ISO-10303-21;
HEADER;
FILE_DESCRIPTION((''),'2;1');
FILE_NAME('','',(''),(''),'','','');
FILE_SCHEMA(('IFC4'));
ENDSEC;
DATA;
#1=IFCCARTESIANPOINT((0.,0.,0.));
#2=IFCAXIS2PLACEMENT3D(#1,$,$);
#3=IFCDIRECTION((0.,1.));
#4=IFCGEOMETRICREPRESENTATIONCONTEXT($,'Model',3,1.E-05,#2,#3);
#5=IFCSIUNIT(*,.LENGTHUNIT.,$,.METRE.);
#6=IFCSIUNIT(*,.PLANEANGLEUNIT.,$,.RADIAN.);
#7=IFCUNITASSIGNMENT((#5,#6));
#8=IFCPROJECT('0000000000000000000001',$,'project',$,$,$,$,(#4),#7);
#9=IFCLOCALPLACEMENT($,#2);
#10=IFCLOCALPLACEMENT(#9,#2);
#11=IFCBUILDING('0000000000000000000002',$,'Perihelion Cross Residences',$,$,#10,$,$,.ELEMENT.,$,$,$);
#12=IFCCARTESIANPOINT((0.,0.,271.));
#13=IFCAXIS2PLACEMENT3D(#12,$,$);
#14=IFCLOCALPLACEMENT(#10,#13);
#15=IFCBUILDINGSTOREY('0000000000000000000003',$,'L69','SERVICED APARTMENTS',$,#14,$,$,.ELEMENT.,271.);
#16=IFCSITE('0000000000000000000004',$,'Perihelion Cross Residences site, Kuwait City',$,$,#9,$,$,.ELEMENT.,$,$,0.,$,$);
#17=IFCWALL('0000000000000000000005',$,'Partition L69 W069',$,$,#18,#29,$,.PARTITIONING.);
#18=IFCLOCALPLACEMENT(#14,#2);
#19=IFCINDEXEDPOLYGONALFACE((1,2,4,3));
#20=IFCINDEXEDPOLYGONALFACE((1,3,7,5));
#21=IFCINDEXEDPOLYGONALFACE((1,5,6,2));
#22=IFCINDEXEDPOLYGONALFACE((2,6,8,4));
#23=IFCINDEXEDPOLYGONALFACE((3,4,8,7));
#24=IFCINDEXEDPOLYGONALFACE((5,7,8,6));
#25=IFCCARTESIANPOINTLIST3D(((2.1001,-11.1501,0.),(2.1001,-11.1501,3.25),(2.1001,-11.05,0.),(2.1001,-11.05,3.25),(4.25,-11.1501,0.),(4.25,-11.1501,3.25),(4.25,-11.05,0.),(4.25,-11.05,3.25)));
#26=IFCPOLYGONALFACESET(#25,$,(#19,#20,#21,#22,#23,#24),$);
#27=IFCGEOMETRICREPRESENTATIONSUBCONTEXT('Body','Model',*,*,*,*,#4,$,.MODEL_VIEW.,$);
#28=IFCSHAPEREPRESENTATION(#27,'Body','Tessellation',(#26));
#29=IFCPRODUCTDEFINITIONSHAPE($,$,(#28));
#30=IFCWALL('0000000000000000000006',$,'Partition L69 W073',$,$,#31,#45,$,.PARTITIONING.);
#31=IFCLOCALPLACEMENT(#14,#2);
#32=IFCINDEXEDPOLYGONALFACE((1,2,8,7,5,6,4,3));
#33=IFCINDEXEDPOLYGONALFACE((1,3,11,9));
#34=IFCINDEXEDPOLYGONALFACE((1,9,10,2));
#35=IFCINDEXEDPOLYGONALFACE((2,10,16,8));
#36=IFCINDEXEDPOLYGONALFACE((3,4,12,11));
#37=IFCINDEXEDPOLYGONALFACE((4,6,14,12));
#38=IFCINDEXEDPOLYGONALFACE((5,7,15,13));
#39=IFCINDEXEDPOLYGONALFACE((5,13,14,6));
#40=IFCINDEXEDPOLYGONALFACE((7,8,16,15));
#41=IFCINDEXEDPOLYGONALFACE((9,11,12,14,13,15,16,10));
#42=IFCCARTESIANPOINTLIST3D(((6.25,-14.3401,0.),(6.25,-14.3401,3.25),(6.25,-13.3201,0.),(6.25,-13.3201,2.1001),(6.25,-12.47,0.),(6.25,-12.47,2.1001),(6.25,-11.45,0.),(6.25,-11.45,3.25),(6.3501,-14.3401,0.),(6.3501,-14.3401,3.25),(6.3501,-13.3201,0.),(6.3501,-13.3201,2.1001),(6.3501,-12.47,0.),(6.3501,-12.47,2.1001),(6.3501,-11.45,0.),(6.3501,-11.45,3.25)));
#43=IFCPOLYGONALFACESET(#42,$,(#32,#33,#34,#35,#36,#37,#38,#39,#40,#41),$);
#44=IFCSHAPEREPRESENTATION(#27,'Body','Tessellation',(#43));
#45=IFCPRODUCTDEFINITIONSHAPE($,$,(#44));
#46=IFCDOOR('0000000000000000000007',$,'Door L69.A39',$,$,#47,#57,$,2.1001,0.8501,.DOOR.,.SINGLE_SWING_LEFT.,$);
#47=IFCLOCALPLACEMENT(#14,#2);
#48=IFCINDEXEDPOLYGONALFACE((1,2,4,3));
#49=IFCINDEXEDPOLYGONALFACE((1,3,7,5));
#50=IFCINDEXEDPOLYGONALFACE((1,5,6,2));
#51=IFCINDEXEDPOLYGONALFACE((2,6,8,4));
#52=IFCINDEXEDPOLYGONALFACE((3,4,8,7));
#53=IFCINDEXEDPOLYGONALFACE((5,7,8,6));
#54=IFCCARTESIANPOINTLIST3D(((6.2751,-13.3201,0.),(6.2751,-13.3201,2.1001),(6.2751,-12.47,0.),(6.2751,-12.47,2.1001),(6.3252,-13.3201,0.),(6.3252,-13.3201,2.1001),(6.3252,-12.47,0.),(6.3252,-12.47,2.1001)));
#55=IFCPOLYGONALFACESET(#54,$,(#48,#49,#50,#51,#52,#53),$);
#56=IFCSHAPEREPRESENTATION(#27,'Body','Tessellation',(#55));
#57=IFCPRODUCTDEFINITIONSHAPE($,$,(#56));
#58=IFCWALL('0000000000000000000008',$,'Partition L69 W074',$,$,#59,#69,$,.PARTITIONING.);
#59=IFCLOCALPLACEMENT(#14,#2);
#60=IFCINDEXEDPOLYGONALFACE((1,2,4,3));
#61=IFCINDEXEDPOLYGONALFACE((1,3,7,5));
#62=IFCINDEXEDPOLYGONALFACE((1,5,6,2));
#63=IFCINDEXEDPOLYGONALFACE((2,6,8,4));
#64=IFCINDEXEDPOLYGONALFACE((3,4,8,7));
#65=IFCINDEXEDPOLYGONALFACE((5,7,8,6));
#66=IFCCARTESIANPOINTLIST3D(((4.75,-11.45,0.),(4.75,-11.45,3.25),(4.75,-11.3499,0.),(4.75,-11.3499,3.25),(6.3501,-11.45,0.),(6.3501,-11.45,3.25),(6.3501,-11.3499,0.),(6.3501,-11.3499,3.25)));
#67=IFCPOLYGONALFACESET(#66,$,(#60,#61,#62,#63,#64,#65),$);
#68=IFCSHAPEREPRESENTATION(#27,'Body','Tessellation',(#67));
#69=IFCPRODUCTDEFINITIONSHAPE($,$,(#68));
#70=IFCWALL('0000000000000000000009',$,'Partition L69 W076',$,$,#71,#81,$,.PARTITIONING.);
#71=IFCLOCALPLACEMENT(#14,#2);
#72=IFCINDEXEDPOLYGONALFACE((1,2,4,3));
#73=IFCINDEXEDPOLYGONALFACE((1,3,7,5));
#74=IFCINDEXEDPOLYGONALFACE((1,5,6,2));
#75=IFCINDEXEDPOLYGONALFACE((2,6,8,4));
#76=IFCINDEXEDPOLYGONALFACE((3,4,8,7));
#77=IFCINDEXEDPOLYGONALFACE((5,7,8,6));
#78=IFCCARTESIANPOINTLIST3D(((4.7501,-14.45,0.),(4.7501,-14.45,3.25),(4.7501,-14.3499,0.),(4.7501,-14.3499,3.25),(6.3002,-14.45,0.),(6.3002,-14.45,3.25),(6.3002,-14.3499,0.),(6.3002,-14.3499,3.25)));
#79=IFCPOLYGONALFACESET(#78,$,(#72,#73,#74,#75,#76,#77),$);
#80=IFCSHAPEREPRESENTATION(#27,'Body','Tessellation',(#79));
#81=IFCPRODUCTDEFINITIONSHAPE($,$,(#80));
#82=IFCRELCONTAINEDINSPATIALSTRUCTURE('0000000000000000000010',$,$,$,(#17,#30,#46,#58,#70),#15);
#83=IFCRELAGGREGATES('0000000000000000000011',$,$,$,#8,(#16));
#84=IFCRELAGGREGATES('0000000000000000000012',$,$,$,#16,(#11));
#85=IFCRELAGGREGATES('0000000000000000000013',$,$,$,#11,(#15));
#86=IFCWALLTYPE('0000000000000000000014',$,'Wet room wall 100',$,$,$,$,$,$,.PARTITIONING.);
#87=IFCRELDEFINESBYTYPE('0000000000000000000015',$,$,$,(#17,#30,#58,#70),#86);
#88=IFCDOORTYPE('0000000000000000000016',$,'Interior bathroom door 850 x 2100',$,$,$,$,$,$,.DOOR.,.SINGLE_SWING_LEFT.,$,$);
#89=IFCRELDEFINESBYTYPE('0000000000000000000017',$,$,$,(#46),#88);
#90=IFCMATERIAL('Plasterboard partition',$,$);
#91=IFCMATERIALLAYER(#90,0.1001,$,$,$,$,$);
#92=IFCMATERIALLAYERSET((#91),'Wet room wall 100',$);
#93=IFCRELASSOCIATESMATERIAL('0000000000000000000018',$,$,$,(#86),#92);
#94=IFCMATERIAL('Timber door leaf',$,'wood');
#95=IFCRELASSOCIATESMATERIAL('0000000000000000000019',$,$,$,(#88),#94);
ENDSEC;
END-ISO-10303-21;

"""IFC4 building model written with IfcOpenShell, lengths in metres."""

from ifc_helpers import new_model, si_unit, direction, frame, frame_2d, origin, place, context, subcontext, project, spatial, rectangle, extrude, material, layer, layer_set, type_object, element, fill, save


model = new_model("IFC4")

# Units and contexts
model_context = context("Model", 3, precision=1e-05, world=origin(), true_north=direction((0.0, 1.0)))
body_context = subcontext(model_context, "Body", "Model", "MODEL_VIEW")
ifc_project = project(units=[si_unit("LENGTHUNIT", "METRE"), si_unit("PLANEANGLEUNIT", "RADIAN")], contexts=[model_context])

# Site, building, storey
site_placement = place(None, origin())
site = spatial("IfcSite", under=ifc_project, at=site_placement, Name="Perihelion Cross Residences site, Kuwait City", CompositionType="ELEMENT", RefElevation=0.0)
building_placement = place(site_placement, origin())
building = spatial("IfcBuilding", under=site, at=building_placement, Name="Perihelion Cross Residences", CompositionType="ELEMENT")
storey_placement = place(building_placement, frame((0.0, 0.0, 271.0)))
storey = spatial("IfcBuildingStorey", under=building, at=storey_placement, Name="L69", Description="SERVICED APARTMENTS", CompositionType="ELEMENT", Elevation=271.0)

# Shared definitions
ifc_material_1 = material(Name="Plasterboard partition")
ifc_layer_1 = layer(ifc_material_1, 0.1001)
ifc_layer_set_1 = layer_set([ifc_layer_1], Name="Wet room wall 100")
wall_type_1 = type_object("IfcWallType", Name="Wet room wall 100", PredefinedType="PARTITIONING", material=ifc_layer_set_1)
ifc_material_2 = material(Name="Timber door leaf", Category="wood")
door_type_1 = type_object("IfcDoorType", Name="Interior bathroom door 850 x 2100", OperationType="SINGLE_SWING_LEFT", PredefinedType="DOOR", material=ifc_material_2)

# Wall
wall_1_placement = place(storey_placement, frame((4.25, -11.1001, 0.0), z_axis=(0.0, 0.0, 1.0), x_axis=(-1.0, 0.0, 0.0)))
element("IfcWall", 1, at=wall_1_placement, inside=storey, type_object=wall_type_1, Name="Partition L69 W069", PredefinedType="PARTITIONING", context=body_context, shape_type="SweptSolid", body=[
    extrude(rectangle(XDim=2.1499, YDim=0.1001, at=frame_2d((1.075, 0.0))), origin(), (0.0, 0.0, 1.0), 3.25),
])

# Wall, opening, door
wall_2_placement = place(storey_placement, frame((6.3, -14.3401, 0.0), z_axis=(0.0, 0.0, 1.0), x_axis=(0.0, 1.0, 0.0)))
wall_2 = element("IfcWall", 2, at=wall_2_placement, inside=storey, type_object=wall_type_1, Name="Partition L69 W073", PredefinedType="PARTITIONING", context=body_context, shape_type="SweptSolid", body=[
    extrude(rectangle(XDim=2.8901, YDim=0.1001, at=frame_2d((1.4451, 0.0))), origin(), (0.0, 0.0, 1.0), 3.25),
])
opening_1_placement = place(wall_2_placement, frame((1.02, 0.0, 0.0)))
opening_1 = element("IfcOpeningElement", 3, at=opening_1_placement, cuts=wall_2, PredefinedType="OPENING", context=body_context, shape_type="SweptSolid", body=[
    extrude(rectangle(XDim=0.8501, YDim=2.1001, at=frame_2d((0.425, 1.05))), frame((0.0, 0.0601, 0.0), z_axis=(0.0, -1.0, 0.0), x_axis=(1.0, 0.0, 0.0)), (0.0, 0.0, 1.0), 0.1201),
])
door_1_placement = place(opening_1_placement, origin())
door_1 = element("IfcDoor", 4, at=door_1_placement, inside=storey, type_object=door_type_1, Name="Door L69.A39", OperationType="SINGLE_SWING_LEFT", OverallHeight=2.1001, OverallWidth=0.8501, PredefinedType="DOOR", context=body_context, shape_type="SweptSolid", body=[
    extrude(rectangle(XDim=0.8501, YDim=2.1001, at=frame_2d((0.425, 1.05))), frame((0.0, 0.0249, 0.0), z_axis=(0.0, -1.0, 0.0), x_axis=(1.0, 0.0, 0.0)), (0.0, 0.0, 1.0), 0.05),
])
fill(opening_1, door_1)

# Walls
wall_3_placement = place(storey_placement, frame((6.3501, -11.3999, 0.0), z_axis=(0.0, 0.0, 1.0), x_axis=(-1.0, 0.0, 0.0)))
element("IfcWall", 5, at=wall_3_placement, inside=storey, type_object=wall_type_1, Name="Partition L69 W074", PredefinedType="PARTITIONING", context=body_context, shape_type="SweptSolid", body=[
    extrude(rectangle(XDim=1.6001, YDim=0.1001, at=frame_2d((0.8, 0.0))), origin(), (0.0, 0.0, 1.0), 3.25),
])
wall_4_placement = place(storey_placement, frame((6.3, -14.3999, 0.0), z_axis=(0.0, 0.0, 1.0), x_axis=(-1.0, 0.0, 0.0)))
element("IfcWall", 6, at=wall_4_placement, inside=storey, type_object=wall_type_1, Name="Partition L69 W076", PredefinedType="PARTITIONING", context=body_context, shape_type="SweptSolid", body=[
    extrude(rectangle(XDim=1.55, YDim=0.1001, at=frame_2d((0.7749, 0.0))), origin(), (0.0, 0.0, 1.0), 3.25),
])

save(model, "model.ifc")
